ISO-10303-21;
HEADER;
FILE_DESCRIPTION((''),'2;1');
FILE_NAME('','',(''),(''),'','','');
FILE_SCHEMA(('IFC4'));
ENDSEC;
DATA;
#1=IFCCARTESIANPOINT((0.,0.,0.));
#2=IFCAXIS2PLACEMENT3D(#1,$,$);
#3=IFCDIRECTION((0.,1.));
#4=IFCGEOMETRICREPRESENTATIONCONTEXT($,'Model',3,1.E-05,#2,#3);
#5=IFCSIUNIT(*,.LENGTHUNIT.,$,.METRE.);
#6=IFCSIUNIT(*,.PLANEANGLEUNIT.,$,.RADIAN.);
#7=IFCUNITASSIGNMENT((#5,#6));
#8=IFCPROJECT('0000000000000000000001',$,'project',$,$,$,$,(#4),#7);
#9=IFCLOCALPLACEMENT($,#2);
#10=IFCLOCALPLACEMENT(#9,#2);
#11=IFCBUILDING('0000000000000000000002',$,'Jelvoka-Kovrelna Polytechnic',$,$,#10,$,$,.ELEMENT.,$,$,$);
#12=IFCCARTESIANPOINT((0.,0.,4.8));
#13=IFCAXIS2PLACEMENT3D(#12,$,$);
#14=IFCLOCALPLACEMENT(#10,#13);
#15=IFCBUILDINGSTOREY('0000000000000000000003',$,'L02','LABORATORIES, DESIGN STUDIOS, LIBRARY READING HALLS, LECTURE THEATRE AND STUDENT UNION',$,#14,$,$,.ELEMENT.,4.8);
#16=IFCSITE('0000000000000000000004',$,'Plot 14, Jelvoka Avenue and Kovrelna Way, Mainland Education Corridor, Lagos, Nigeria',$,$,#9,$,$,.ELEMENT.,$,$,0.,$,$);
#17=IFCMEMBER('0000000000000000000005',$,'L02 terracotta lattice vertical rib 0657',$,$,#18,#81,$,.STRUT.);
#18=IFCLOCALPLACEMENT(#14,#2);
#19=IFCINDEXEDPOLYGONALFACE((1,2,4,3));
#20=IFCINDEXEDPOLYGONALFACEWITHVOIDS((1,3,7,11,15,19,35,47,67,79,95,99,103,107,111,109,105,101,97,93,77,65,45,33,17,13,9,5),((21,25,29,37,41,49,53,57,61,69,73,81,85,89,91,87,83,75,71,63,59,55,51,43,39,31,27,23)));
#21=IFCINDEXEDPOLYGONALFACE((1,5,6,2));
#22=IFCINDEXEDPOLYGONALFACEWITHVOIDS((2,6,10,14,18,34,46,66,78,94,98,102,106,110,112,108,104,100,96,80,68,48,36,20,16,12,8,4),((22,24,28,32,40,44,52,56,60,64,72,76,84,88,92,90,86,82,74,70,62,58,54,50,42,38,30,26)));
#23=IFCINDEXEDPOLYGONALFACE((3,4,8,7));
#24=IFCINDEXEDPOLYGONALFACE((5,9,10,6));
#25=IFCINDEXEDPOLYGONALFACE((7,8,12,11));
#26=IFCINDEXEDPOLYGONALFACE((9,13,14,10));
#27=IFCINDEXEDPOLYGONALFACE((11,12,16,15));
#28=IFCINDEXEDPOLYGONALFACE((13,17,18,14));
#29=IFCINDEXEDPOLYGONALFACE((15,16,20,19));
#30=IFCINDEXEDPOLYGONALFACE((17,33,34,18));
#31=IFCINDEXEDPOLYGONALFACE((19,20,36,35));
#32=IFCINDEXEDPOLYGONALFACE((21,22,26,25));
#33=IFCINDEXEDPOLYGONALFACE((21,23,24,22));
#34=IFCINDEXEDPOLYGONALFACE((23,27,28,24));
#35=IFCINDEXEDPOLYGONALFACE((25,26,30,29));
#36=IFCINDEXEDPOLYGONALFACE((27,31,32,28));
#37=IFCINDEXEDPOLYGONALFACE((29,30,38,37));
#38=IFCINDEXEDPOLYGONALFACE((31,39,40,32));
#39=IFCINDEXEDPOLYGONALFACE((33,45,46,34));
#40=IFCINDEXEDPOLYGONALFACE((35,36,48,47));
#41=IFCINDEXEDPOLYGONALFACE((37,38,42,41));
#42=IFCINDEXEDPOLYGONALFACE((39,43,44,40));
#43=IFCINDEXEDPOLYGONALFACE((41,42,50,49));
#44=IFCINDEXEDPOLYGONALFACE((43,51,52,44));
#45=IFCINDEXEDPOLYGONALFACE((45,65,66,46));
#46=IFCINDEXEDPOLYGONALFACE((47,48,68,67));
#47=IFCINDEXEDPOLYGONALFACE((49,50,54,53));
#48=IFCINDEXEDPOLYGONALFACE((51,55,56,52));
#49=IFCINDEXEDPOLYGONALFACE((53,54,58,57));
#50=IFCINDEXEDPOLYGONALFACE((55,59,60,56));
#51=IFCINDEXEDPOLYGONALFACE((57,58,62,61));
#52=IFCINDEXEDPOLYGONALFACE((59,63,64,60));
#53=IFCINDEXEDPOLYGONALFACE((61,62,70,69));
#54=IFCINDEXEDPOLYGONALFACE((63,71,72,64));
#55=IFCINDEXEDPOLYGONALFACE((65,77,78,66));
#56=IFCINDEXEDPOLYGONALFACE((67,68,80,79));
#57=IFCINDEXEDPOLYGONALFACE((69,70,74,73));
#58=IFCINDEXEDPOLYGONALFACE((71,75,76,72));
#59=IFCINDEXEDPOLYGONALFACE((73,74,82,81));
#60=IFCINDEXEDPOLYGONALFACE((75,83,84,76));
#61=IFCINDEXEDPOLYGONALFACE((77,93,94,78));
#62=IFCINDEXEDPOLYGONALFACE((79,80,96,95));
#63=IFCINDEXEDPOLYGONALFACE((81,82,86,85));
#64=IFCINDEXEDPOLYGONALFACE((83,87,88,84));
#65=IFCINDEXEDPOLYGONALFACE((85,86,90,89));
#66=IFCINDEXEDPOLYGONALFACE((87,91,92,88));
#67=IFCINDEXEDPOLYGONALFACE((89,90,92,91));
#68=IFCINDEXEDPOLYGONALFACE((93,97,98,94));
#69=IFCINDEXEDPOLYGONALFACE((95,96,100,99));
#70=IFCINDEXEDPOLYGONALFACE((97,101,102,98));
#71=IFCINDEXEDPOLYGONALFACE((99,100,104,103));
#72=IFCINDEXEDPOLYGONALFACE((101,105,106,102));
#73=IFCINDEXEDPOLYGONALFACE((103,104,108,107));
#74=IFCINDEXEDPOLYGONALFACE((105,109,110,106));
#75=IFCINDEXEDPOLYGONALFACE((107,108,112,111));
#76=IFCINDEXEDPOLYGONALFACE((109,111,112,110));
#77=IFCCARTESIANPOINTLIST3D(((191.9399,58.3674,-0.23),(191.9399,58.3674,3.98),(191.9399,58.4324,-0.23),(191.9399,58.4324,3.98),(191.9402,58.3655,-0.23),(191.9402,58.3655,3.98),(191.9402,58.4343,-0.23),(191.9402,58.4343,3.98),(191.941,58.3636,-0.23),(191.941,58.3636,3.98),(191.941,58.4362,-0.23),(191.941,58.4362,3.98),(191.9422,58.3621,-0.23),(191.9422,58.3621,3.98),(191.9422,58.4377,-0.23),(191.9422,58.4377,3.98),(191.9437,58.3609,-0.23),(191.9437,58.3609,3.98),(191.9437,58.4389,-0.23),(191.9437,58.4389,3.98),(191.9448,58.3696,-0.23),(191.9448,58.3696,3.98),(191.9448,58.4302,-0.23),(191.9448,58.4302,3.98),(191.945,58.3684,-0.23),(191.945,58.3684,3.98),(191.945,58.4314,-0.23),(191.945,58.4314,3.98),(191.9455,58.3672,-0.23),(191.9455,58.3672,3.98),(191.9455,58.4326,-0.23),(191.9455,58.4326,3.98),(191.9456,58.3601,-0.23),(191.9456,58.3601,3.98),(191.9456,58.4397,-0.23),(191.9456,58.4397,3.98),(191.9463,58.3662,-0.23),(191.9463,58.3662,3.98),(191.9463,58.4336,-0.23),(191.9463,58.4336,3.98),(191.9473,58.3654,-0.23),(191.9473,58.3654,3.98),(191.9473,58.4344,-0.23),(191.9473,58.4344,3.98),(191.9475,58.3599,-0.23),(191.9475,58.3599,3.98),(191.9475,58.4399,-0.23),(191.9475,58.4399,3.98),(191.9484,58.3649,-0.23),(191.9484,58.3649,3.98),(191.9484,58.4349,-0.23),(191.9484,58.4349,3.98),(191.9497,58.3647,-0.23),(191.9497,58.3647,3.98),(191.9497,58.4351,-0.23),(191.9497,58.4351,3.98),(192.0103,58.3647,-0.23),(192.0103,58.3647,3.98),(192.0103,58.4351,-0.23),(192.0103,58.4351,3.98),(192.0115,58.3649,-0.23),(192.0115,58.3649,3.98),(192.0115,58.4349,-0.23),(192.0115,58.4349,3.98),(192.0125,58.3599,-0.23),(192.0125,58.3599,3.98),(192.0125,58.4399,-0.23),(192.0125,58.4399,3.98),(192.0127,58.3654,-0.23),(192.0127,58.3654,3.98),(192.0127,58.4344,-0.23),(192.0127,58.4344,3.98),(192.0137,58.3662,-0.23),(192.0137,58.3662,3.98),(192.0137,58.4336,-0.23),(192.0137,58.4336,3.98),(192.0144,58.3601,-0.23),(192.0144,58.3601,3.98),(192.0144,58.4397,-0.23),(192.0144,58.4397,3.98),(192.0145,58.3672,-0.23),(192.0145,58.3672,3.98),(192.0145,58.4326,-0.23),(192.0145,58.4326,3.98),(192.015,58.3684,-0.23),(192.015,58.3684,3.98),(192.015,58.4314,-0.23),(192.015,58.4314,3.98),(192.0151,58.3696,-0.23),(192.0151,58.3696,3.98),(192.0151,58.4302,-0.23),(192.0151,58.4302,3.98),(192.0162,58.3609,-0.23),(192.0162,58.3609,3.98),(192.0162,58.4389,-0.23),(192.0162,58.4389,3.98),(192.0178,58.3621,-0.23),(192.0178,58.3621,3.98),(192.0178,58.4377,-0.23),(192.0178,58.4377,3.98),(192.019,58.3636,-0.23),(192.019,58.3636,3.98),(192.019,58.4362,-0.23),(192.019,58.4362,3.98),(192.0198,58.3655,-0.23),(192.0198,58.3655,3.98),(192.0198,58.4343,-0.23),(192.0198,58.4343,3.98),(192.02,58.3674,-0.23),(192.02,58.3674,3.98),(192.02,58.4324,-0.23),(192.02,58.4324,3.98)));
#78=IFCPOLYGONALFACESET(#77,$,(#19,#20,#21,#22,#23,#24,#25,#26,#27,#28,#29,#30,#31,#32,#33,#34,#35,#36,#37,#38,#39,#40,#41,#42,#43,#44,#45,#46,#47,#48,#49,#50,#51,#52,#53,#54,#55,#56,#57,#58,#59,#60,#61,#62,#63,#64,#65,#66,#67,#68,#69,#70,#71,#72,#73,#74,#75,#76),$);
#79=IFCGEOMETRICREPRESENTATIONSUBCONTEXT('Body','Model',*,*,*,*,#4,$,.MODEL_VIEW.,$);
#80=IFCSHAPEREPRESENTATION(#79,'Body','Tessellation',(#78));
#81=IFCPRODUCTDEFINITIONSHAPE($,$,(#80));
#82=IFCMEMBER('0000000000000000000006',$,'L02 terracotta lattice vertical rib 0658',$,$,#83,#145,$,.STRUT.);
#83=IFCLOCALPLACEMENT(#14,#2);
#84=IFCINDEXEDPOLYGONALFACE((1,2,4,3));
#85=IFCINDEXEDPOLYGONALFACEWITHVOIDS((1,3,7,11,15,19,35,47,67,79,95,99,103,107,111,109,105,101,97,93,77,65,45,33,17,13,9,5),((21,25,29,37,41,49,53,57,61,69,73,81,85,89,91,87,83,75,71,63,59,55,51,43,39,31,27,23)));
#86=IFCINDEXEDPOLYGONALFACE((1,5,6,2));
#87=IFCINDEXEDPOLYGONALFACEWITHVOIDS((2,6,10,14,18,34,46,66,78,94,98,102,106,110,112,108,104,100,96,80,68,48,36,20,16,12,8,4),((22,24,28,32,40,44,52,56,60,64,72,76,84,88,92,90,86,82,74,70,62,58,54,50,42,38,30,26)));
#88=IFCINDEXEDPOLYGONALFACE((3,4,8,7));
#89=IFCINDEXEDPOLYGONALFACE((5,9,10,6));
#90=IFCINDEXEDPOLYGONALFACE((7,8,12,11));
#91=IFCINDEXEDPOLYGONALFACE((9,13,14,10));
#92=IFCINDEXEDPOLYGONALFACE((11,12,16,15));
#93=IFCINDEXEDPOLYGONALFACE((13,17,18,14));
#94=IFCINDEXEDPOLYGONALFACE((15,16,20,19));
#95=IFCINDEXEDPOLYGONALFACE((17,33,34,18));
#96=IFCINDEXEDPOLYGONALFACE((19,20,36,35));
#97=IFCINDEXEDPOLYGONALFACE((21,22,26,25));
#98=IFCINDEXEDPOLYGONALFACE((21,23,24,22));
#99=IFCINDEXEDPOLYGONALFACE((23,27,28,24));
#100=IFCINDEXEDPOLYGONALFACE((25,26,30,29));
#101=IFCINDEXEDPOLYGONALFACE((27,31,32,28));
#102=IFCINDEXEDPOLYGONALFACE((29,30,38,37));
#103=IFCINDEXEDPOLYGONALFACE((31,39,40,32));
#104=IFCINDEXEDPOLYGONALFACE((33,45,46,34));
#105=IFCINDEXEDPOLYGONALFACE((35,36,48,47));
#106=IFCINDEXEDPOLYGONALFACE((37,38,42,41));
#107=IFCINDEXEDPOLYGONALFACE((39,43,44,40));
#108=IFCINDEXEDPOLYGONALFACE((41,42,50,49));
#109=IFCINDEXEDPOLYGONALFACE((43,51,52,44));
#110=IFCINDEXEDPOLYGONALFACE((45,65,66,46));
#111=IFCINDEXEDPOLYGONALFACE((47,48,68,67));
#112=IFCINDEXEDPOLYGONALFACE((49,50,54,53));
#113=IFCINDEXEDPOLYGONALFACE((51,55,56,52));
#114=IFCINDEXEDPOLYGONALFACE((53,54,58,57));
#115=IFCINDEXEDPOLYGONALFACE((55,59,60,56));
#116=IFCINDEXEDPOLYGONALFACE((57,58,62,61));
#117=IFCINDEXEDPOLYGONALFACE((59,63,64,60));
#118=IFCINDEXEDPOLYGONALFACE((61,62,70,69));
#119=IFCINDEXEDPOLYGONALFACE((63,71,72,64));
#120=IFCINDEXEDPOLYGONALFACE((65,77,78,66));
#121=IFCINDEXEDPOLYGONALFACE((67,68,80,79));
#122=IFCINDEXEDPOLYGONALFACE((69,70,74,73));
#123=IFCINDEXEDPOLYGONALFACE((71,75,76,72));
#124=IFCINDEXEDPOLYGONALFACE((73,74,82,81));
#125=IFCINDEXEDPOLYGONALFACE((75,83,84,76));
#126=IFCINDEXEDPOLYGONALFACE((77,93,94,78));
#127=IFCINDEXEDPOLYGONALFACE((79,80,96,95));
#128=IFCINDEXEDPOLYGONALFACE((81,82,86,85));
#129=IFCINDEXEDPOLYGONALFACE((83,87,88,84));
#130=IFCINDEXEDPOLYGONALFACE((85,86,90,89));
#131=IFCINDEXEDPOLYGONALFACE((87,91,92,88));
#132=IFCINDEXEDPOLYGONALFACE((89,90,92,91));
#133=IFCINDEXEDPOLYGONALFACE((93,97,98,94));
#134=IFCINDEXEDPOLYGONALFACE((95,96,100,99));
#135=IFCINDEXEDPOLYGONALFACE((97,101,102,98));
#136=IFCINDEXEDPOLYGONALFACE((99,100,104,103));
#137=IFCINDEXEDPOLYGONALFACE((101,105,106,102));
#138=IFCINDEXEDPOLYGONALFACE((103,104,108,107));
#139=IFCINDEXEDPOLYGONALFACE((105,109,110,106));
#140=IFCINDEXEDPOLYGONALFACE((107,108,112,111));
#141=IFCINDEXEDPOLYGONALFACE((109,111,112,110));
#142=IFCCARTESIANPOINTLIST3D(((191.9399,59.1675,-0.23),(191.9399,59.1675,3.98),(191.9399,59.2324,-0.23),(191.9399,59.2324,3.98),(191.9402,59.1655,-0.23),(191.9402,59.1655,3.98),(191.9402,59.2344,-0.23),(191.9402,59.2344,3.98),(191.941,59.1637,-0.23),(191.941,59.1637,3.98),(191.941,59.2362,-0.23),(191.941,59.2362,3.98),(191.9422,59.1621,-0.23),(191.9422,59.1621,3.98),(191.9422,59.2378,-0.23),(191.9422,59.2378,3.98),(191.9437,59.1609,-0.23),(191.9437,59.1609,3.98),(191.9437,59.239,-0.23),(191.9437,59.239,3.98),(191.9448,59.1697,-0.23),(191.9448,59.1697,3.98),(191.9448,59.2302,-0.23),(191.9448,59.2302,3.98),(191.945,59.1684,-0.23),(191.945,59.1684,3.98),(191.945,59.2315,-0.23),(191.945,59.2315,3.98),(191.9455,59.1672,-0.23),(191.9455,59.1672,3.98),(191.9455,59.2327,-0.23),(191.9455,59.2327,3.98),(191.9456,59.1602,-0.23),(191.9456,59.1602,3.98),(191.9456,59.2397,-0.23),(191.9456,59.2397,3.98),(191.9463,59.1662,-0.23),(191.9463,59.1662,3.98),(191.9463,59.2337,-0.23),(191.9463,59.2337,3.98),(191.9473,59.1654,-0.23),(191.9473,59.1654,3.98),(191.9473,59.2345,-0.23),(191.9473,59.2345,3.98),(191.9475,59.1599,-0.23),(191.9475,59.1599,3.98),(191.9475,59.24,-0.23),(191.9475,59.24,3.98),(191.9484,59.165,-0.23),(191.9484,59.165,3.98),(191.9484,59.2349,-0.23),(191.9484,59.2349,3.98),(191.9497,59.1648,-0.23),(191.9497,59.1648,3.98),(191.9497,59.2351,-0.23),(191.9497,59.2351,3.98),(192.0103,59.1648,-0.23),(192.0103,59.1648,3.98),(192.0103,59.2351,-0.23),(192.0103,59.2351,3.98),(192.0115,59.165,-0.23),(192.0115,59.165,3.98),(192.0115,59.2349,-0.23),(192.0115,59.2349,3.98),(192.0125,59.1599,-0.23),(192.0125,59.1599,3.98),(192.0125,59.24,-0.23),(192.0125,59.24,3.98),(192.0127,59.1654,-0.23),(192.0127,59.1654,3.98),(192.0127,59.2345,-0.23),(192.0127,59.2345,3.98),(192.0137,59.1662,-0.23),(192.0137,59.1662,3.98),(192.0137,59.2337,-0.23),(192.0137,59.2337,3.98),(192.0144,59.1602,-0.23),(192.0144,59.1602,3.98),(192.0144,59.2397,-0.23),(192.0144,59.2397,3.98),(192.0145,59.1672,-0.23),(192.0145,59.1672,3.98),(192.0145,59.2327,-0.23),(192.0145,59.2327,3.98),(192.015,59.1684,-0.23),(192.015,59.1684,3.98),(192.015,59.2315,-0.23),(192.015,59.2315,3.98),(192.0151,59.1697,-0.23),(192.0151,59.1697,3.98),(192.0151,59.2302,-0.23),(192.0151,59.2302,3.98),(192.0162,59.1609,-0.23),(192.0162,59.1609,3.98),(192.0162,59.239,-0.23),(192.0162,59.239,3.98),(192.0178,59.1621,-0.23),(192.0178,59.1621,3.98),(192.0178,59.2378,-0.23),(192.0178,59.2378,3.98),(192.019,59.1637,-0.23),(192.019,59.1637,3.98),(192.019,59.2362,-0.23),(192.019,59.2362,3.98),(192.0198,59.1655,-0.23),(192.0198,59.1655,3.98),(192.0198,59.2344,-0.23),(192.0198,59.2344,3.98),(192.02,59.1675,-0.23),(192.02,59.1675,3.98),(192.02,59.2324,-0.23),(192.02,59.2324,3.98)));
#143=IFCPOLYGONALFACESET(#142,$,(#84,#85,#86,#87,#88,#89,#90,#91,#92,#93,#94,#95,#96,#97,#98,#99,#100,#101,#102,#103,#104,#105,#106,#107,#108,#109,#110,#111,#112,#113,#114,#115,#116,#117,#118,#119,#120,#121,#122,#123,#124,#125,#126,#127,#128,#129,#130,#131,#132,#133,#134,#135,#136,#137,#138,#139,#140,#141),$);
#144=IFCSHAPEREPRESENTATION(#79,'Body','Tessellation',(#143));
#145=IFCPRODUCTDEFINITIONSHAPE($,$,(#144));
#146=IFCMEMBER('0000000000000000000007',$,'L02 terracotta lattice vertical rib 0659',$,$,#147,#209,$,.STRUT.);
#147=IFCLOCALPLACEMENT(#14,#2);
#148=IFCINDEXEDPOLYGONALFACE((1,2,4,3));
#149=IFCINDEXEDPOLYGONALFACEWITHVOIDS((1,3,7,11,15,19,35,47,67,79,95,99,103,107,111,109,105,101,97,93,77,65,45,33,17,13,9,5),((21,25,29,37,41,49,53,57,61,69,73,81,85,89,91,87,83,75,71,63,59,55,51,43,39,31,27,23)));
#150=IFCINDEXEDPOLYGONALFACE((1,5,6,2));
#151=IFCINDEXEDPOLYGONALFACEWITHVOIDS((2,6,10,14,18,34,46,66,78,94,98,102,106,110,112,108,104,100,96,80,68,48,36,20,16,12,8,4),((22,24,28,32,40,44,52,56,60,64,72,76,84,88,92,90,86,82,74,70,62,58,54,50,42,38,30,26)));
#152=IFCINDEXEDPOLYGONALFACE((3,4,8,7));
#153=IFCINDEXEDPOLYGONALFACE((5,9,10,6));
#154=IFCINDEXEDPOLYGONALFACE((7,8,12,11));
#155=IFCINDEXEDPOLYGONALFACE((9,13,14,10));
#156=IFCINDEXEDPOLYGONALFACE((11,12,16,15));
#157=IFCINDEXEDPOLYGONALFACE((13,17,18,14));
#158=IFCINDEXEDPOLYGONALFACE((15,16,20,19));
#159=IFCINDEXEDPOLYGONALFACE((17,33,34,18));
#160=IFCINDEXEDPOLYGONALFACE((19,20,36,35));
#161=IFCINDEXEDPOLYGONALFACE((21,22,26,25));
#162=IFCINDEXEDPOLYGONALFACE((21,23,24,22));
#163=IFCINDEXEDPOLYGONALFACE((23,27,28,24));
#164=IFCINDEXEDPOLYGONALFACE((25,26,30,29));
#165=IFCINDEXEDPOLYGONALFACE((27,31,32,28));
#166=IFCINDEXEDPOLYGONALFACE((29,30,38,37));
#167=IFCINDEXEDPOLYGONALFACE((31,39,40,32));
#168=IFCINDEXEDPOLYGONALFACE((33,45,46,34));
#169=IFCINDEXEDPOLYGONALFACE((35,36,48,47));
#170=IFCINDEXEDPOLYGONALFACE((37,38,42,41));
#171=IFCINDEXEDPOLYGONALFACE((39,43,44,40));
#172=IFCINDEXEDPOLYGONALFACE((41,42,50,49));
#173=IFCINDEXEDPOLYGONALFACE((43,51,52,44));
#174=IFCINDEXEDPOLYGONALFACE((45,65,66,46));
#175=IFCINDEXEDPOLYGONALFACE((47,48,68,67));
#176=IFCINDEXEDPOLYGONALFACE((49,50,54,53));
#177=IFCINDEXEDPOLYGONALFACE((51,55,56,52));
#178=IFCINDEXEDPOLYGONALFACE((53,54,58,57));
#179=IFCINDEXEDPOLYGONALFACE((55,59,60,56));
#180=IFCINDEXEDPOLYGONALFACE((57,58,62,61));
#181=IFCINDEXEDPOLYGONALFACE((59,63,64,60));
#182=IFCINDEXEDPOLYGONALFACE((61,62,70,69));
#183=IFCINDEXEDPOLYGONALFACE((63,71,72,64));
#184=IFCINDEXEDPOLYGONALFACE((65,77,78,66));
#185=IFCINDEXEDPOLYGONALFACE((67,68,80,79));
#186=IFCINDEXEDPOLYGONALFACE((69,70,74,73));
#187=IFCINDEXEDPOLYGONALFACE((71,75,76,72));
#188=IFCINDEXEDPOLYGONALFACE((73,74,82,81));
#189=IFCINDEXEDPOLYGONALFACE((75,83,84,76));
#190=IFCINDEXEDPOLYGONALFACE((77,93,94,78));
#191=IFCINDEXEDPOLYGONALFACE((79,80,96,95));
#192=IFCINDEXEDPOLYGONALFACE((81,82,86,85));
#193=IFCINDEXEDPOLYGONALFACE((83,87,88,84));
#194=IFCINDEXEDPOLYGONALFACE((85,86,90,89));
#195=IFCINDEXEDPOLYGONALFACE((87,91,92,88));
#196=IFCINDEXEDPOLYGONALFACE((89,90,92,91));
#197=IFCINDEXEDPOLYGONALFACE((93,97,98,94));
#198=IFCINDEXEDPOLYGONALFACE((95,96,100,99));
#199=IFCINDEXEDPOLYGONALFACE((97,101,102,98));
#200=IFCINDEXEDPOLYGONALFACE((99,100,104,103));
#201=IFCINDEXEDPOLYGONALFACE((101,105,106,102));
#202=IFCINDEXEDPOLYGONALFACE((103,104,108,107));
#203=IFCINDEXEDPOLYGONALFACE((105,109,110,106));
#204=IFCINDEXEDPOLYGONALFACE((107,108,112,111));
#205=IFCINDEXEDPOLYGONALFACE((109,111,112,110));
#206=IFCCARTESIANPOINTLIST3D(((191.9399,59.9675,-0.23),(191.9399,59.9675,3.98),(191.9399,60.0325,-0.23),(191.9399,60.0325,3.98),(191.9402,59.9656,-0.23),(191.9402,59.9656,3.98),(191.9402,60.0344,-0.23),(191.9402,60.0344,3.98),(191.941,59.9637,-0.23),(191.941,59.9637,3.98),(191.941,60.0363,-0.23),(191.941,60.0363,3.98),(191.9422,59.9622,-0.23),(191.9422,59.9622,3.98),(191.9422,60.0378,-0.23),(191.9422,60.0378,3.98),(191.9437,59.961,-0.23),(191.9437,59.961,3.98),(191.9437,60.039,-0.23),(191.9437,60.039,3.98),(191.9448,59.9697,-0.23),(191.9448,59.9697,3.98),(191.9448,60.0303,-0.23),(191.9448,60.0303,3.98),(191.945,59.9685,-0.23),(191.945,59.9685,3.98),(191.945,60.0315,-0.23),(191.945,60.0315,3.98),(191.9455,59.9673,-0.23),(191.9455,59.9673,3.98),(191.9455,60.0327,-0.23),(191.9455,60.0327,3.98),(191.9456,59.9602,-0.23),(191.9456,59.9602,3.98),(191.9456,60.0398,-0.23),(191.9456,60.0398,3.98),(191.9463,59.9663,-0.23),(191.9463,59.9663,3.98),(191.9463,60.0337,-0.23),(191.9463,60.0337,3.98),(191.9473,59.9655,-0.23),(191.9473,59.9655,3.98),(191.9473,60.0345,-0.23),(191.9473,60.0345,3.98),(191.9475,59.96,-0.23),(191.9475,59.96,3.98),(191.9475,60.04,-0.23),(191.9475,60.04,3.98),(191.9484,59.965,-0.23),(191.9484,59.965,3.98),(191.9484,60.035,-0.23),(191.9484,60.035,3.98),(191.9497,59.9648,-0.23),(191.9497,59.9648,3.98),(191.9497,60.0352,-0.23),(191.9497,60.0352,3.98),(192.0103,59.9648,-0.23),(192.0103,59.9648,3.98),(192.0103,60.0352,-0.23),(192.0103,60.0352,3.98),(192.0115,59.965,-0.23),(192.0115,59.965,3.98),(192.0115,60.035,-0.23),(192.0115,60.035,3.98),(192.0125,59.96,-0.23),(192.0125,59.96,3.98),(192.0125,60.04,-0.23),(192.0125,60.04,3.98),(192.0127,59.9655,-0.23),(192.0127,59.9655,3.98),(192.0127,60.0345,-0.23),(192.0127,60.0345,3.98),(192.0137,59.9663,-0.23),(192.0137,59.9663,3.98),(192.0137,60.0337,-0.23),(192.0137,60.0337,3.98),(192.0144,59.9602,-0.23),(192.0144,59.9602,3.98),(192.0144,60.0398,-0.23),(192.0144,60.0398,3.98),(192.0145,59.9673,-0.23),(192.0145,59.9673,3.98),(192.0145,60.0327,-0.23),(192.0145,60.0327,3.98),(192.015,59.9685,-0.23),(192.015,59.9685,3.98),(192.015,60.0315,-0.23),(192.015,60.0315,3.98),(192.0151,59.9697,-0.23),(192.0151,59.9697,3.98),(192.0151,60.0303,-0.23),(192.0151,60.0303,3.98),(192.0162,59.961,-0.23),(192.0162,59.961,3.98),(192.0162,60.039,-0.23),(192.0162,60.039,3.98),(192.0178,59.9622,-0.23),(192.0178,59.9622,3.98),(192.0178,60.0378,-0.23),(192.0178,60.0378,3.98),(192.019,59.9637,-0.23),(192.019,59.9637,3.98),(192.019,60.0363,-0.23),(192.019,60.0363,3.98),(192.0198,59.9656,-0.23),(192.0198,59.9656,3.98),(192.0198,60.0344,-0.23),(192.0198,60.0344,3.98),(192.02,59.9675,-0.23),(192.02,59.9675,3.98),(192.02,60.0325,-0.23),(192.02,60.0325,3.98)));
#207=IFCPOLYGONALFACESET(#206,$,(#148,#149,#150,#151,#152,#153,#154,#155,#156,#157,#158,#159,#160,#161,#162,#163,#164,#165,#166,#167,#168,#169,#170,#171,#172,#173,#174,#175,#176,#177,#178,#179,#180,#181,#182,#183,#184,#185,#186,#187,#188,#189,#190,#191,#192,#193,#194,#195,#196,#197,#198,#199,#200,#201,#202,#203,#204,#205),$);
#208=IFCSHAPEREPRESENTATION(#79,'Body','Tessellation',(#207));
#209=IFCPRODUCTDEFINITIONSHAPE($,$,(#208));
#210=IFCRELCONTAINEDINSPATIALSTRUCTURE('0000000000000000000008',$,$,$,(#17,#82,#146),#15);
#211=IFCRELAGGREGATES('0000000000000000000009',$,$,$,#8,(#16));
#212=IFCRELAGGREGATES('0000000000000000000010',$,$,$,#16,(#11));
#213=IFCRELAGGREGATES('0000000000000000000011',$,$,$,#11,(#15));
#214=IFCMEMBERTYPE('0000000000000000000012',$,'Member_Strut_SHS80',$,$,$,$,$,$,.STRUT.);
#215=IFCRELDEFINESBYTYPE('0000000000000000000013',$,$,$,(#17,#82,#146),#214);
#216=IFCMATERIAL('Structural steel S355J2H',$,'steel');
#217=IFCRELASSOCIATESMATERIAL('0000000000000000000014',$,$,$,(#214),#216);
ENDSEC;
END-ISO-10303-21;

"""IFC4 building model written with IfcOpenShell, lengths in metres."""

from ifc_helpers import new_model, si_unit, direction, frame, origin, origin_2d, place, context, subcontext, project, spatial, hollow_rectangle, extrude, material, material_profile, profile_set, type_object, element, save


model = new_model("IFC4")

# Units and contexts
model_context = context("Model", 3, precision=1e-05, world=origin(), true_north=direction((0.0, 1.0)))
body_context = subcontext(model_context, "Body", "Model", "MODEL_VIEW")
ifc_project = project(units=[si_unit("LENGTHUNIT", "METRE"), si_unit("PLANEANGLEUNIT", "RADIAN")], contexts=[model_context])

# Site, building, storey
site_placement = place(None, origin())
site = spatial("IfcSite", under=ifc_project, at=site_placement, Name="Plot 14, Jelvoka Avenue and Kovrelna Way, Mainland Education Corridor, Lagos, Nigeria", CompositionType="ELEMENT", RefElevation=0.0)
building_placement = place(site_placement, origin())
building = spatial("IfcBuilding", under=site, at=building_placement, Name="Jelvoka-Kovrelna Polytechnic", CompositionType="ELEMENT")
storey_placement = place(building_placement, frame((0.0, 0.0, 4.8)))
storey = spatial("IfcBuildingStorey", under=building, at=storey_placement, Name="L02", Description="LABORATORIES, DESIGN STUDIOS, LIBRARY READING HALLS, LECTURE THEATRE AND STUDENT UNION", CompositionType="ELEMENT", Elevation=4.8)

# Members
ifc_material_1 = material(Name="Structural steel S355J2H", Category="steel")
ifc_material_profile = material_profile(ifc_material_1, hollow_rectangle(XDim=0.0801, YDim=0.0801, WallThickness=0.0049, InnerFilletRadius=0.0049, OuterFilletRadius=0.0076, at=origin_2d()), Name="80x80x5.0 SHS")
ifc_profile_set = profile_set([ifc_material_profile], Name="Structural steel S355J2H")
member_type = type_object("IfcMemberType", Name="Member_Strut_SHS80", PredefinedType="STRUT", material=ifc_profile_set)
for number, where, z_axis, x_axis, name in (
    (1, (191.98, 58.3999, -0.23), (0.0, 0.0, 1.0), (1.0, 0.0, 0.0), "L02 terracotta lattice vertical rib 0657"),
    (2, (191.98, 59.2, -0.23), (0.0, 0.0, 1.0), (1.0, 0.0, 0.0), "L02 terracotta lattice vertical rib 0658"),
    (3, (191.98, 60.0, -0.23), (0.0, 0.0, 1.0), (1.0, 0.0, 0.0), "L02 terracotta lattice vertical rib 0659"),
):
    element("IfcMember", number, at=place(storey_placement, frame(where, z_axis=z_axis, x_axis=x_axis)), inside=storey, type_object=member_type, Name=name, PredefinedType="STRUT", context=body_context, shape_type="SweptSolid", body=[
        extrude(hollow_rectangle(XDim=0.0801, YDim=0.0801, WallThickness=0.0049, InnerFilletRadius=0.0049, OuterFilletRadius=0.0076, at=origin_2d()), origin(), (0.0, 0.0, 1.0), 4.21),
    ])

save(model, "model.ifc")
